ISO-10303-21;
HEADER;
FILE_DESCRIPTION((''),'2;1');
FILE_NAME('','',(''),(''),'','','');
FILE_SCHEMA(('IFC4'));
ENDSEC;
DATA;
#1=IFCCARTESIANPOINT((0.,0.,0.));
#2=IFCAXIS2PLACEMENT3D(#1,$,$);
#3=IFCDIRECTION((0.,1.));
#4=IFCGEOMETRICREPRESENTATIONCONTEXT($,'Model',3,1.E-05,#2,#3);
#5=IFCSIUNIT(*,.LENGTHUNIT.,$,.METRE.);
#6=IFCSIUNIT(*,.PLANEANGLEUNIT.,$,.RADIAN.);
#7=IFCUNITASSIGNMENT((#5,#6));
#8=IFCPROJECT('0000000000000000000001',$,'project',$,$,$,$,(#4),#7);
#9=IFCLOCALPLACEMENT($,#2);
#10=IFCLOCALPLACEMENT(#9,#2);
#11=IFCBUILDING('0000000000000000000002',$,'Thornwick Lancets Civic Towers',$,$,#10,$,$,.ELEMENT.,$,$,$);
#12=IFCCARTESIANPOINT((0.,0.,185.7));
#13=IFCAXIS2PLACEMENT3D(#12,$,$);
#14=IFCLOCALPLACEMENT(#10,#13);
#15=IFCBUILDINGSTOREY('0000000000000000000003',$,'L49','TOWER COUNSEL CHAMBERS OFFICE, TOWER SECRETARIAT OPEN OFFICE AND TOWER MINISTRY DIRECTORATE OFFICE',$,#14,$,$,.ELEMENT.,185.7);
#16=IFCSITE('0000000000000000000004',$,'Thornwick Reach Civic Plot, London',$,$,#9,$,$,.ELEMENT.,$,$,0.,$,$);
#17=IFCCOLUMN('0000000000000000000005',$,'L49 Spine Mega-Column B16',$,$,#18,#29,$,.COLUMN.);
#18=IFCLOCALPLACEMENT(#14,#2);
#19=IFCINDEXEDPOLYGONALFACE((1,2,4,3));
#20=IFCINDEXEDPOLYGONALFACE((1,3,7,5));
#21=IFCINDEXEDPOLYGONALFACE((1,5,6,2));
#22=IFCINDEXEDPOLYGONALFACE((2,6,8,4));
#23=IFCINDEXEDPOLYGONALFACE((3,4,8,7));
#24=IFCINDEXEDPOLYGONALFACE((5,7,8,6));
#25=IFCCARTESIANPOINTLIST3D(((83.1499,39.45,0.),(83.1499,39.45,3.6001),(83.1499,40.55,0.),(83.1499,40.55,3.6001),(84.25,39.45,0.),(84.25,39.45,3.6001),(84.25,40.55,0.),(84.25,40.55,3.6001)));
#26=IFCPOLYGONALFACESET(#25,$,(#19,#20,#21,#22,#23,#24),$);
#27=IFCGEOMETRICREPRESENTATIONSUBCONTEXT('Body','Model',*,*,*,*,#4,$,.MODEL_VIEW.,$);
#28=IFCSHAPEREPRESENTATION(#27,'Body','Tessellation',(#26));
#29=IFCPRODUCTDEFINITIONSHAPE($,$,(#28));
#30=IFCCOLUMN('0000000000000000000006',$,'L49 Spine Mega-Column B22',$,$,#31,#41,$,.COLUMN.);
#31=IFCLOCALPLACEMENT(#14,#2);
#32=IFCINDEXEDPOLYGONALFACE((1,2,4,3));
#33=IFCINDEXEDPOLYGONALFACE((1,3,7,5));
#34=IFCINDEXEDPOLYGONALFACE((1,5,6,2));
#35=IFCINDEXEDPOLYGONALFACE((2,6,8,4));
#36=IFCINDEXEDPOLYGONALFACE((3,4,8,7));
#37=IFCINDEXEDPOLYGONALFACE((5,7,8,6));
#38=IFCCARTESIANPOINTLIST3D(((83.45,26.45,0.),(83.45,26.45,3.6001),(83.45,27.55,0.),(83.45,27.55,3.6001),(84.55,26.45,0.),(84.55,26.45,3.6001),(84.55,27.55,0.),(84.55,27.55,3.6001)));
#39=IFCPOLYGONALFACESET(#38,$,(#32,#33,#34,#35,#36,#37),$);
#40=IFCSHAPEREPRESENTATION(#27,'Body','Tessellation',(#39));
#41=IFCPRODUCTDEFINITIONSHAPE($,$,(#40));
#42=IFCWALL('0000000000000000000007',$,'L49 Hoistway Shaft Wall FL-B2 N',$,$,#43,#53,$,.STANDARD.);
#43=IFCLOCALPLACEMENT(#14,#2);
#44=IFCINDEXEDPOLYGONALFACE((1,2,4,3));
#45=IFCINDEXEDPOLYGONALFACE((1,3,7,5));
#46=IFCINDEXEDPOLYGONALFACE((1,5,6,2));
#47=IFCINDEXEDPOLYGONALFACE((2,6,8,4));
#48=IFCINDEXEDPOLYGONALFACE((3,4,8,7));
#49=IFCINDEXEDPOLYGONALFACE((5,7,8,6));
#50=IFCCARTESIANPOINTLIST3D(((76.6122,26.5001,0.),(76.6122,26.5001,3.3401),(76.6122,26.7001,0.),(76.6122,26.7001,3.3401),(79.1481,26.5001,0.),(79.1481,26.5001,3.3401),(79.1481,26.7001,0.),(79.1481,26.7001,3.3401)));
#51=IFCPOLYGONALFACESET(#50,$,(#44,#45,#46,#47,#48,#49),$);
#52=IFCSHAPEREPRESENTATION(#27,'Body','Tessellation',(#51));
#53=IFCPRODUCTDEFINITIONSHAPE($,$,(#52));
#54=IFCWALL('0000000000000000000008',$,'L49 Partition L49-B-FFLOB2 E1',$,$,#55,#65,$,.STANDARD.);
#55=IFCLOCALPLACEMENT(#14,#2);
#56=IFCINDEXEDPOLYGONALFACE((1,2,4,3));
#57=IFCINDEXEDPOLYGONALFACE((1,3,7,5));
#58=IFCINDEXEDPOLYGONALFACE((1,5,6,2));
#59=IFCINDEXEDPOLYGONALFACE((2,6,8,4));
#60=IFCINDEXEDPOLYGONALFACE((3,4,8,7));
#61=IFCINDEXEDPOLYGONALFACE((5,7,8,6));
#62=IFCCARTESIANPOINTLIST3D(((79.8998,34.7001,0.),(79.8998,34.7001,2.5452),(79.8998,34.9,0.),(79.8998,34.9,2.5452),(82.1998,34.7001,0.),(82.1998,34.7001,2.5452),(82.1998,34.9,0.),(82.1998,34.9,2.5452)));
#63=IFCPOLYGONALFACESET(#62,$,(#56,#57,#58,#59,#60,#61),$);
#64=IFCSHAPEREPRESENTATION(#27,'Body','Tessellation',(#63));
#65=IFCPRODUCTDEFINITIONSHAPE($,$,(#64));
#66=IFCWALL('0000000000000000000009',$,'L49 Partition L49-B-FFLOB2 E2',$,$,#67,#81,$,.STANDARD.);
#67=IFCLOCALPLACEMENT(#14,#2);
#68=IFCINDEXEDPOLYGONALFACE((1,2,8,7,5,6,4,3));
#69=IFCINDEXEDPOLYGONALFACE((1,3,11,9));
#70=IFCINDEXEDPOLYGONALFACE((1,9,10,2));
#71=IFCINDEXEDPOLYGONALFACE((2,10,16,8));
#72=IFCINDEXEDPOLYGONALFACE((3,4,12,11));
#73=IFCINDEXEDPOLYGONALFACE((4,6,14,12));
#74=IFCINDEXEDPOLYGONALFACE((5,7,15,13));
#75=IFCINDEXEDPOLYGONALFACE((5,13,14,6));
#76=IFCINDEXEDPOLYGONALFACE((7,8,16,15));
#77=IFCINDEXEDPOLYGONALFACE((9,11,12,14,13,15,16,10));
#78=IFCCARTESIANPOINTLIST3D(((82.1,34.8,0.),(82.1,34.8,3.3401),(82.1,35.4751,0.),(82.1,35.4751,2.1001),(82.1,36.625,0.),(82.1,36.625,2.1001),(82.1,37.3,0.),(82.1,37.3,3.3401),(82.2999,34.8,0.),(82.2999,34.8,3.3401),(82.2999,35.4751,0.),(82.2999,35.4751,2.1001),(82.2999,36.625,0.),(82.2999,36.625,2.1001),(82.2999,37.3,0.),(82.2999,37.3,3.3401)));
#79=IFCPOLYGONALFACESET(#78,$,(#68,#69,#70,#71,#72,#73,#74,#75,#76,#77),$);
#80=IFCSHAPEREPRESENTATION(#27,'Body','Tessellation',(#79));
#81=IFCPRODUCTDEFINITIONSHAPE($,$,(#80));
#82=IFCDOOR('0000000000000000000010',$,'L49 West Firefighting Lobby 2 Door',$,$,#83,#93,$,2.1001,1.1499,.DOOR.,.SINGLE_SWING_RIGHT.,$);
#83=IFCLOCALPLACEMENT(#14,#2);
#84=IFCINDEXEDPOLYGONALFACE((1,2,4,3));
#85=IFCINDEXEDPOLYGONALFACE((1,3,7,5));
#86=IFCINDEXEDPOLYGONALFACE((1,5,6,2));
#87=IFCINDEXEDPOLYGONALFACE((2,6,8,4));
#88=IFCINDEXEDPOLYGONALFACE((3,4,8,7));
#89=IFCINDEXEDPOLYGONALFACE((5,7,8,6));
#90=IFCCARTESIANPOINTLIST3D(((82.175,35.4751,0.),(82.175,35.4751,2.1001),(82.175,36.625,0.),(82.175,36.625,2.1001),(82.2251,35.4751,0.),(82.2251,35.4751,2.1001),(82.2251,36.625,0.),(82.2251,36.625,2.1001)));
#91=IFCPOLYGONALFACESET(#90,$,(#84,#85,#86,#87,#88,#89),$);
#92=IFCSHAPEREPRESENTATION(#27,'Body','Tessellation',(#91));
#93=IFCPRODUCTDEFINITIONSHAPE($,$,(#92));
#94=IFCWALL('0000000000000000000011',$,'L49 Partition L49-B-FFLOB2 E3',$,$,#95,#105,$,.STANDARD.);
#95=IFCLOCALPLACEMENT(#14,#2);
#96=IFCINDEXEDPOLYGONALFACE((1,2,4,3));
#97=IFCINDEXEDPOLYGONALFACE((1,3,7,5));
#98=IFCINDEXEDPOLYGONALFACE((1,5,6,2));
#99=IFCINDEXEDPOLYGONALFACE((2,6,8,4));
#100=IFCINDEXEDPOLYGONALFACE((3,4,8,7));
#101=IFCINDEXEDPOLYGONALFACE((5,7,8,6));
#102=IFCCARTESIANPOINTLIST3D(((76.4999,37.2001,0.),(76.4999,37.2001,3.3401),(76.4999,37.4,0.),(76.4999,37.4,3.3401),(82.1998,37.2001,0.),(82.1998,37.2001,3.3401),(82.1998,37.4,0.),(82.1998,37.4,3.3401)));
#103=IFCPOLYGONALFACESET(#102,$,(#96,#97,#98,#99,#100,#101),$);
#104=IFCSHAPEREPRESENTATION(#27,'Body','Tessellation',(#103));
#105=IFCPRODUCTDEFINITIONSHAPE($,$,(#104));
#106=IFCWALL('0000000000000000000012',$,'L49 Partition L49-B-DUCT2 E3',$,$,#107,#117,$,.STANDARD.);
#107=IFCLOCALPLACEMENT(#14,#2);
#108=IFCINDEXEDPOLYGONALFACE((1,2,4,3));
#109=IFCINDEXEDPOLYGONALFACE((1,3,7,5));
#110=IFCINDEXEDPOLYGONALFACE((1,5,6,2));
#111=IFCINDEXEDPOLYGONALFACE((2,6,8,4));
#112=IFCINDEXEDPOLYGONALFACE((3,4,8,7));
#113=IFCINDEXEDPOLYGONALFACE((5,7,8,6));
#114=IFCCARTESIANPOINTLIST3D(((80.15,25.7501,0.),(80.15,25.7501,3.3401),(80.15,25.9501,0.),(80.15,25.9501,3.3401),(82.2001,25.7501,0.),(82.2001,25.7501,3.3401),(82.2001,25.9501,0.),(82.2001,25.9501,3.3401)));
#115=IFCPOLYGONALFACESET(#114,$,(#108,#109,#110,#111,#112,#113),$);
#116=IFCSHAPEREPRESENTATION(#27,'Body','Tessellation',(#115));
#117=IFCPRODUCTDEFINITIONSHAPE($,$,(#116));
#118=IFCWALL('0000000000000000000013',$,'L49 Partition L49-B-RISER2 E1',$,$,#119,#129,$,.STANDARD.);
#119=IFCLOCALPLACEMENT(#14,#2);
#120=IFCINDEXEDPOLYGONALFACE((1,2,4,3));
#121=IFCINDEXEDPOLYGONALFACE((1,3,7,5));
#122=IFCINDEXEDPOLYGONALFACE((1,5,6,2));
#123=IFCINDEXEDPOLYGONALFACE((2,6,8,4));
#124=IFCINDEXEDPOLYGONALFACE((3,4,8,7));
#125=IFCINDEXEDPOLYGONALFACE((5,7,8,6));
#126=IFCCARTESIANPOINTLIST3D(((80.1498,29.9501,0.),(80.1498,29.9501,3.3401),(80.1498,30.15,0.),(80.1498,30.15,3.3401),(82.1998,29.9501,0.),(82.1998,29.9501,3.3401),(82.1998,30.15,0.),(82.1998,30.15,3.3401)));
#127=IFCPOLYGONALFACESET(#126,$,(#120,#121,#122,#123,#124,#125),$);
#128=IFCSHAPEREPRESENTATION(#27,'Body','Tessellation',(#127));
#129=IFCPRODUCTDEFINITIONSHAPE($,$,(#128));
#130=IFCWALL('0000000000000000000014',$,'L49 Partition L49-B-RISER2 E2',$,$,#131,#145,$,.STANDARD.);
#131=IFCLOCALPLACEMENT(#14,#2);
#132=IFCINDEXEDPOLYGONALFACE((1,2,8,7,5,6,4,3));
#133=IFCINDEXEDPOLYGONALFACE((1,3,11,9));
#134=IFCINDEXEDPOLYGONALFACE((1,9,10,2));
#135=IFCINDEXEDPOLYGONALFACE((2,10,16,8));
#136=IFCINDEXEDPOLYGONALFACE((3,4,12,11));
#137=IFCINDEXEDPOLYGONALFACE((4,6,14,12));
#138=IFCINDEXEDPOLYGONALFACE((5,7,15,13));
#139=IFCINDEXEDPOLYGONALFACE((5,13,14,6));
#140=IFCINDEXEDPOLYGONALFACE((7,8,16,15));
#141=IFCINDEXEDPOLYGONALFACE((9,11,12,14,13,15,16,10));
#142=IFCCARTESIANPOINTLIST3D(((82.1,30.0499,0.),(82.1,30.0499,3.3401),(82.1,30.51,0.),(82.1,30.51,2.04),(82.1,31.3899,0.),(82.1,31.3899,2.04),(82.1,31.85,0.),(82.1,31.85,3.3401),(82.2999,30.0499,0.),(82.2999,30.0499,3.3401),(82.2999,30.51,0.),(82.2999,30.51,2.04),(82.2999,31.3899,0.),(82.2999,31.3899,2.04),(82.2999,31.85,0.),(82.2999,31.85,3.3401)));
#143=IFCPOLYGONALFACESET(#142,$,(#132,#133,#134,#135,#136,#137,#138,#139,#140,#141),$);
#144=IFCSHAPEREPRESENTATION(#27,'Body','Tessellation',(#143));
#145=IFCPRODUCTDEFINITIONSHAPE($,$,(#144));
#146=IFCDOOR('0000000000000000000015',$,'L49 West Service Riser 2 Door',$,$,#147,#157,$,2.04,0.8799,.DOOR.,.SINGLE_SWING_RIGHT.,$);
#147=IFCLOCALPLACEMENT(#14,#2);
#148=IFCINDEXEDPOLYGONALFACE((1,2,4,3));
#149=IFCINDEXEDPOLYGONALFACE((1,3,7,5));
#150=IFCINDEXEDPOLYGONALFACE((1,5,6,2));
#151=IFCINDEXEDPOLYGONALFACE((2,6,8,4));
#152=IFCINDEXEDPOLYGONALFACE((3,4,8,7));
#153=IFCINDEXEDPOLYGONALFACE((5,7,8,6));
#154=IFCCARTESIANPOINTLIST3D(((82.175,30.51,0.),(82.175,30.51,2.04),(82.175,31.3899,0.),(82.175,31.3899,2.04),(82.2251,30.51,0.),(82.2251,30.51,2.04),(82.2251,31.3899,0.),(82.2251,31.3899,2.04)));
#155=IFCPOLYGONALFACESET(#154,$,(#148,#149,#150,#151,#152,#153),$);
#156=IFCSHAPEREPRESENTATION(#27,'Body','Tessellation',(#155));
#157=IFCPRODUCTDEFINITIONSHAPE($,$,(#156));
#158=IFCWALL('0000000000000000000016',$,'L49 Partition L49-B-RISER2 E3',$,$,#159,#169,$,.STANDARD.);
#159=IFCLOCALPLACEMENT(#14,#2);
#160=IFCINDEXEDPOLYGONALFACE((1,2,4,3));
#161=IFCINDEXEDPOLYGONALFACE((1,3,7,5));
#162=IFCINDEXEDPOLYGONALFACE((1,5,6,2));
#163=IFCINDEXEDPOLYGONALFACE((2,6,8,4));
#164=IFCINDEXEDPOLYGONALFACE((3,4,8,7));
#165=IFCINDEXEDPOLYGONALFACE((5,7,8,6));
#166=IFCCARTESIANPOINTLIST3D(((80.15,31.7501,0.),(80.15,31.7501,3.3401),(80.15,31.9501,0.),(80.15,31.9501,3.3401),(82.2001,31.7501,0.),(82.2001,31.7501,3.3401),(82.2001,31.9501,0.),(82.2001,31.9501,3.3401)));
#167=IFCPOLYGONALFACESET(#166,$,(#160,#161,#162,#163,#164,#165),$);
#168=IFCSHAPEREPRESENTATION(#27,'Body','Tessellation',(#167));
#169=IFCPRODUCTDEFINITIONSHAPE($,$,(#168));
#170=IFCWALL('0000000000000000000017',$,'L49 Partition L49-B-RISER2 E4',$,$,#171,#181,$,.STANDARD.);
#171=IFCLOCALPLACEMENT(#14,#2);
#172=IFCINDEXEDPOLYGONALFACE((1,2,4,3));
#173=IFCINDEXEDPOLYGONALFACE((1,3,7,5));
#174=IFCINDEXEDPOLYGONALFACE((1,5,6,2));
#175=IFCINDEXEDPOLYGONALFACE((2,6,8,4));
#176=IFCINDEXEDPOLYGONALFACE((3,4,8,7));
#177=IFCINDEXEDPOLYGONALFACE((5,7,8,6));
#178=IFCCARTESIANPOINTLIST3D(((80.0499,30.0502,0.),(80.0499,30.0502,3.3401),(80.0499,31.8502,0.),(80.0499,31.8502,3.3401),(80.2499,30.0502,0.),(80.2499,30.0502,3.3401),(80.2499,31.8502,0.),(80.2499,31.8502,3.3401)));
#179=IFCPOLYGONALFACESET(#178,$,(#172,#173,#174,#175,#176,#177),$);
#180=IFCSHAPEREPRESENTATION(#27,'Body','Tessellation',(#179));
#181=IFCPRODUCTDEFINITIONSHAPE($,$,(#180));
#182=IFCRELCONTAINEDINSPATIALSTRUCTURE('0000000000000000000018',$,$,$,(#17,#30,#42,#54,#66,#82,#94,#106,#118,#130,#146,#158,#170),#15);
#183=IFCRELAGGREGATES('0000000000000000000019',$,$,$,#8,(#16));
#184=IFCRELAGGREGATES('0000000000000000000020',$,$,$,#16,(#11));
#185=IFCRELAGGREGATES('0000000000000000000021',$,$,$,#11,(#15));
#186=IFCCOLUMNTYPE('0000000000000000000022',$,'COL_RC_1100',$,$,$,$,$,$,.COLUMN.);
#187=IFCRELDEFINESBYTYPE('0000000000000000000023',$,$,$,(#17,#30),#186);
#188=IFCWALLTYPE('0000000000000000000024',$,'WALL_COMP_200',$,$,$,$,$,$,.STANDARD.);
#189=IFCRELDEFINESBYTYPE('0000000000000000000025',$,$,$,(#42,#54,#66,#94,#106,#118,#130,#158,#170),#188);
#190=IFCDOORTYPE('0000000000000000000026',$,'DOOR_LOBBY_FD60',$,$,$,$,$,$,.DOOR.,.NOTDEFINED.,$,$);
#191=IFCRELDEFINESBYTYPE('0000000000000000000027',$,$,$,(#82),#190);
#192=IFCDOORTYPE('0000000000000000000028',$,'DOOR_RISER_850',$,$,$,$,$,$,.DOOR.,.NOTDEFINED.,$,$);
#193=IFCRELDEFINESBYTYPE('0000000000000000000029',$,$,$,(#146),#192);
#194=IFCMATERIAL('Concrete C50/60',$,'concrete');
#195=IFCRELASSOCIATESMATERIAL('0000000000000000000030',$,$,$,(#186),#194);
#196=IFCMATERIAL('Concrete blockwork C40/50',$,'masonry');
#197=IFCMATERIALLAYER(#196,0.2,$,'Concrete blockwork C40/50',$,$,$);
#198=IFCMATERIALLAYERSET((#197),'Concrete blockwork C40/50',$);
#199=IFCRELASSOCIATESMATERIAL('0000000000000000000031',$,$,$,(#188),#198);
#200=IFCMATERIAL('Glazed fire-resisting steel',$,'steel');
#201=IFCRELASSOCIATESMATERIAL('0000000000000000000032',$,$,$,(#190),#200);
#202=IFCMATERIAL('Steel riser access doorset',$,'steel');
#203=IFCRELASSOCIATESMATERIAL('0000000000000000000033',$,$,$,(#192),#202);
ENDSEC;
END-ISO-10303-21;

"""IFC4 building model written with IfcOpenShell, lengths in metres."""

from ifc_helpers import new_model, si_unit, direction, frame, frame_2d, origin, origin_2d, place, context, subcontext, project, spatial, rectangle, extrude, material, layer, layer_set, material_profile, profile_set, type_object, element, fill, save


model = new_model("IFC4")

# Units and contexts
model_context = context("Model", 3, precision=1e-05, world=origin(), true_north=direction((0.0, 1.0)))
body_context = subcontext(model_context, "Body", "Model", "MODEL_VIEW")
ifc_project = project(units=[si_unit("LENGTHUNIT", "METRE"), si_unit("PLANEANGLEUNIT", "RADIAN")], contexts=[model_context])

# Site, building, storey
site_placement = place(None, origin())
site = spatial("IfcSite", under=ifc_project, at=site_placement, Name="Thornwick Reach Civic Plot, London", CompositionType="ELEMENT", RefElevation=0.0)
building_placement = place(site_placement, origin())
building = spatial("IfcBuilding", under=site, at=building_placement, Name="Thornwick Lancets Civic Towers", CompositionType="ELEMENT")
storey_placement = place(building_placement, frame((0.0, 0.0, 185.7)))
storey = spatial("IfcBuildingStorey", under=building, at=storey_placement, Name="L49", Description="TOWER COUNSEL CHAMBERS OFFICE, TOWER SECRETARIAT OPEN OFFICE AND TOWER MINISTRY DIRECTORATE OFFICE", CompositionType="ELEMENT", Elevation=185.7)

# Columns
ifc_material_1 = material(Name="Concrete C50/60", Category="concrete")
ifc_material_profile = material_profile(ifc_material_1, rectangle(XDim=1.1001, YDim=1.1001, at=origin_2d()), Name="RC 1100x1100")
ifc_profile_set = profile_set([ifc_material_profile], Name="Concrete C50/60")
column_type = type_object("IfcColumnType", Name="COL_RC_1100", PredefinedType="COLUMN", material=ifc_profile_set)
for number, where, z_axis, x_axis, name in (
    (1, (83.7, 40.0, 0.0), (0.0, 0.0, 1.0), (1.0, 0.0, 0.0), "L49 Spine Mega-Column B16"),
    (2, (84.0, 27.0, 0.0), (0.0, 0.0, 1.0), (1.0, 0.0, 0.0), "L49 Spine Mega-Column B22"),
):
    element("IfcColumn", number, at=place(storey_placement, frame(where, z_axis=z_axis, x_axis=x_axis)), inside=storey, type_object=column_type, Name=name, PredefinedType="COLUMN", context=body_context, shape_type="SweptSolid", body=[
        extrude(rectangle(XDim=1.1001, YDim=1.1001, at=origin_2d()), origin(), (0.0, 0.0, 1.0), 3.6001),
    ])

# Walls
ifc_material_2 = material(Name="Concrete blockwork C40/50", Category="masonry")
ifc_layer_1 = layer(ifc_material_2, 0.2, Name="Concrete blockwork C40/50")
ifc_layer_set_1 = layer_set([ifc_layer_1], Name="Concrete blockwork C40/50")
wall_type_1 = type_object("IfcWallType", Name="WALL_COMP_200", PredefinedType="STANDARD", material=ifc_layer_set_1)
wall_1_placement = place(storey_placement, frame((76.6121, 26.6001, 0.0), z_axis=(0.0, 0.0, 1.0), x_axis=(1.0, 0.0, 0.0)))
element("IfcWall", 3, at=wall_1_placement, inside=storey, type_object=wall_type_1, Name="L49 Hoistway Shaft Wall FL-B2 N", PredefinedType="STANDARD", context=body_context, shape_type="SweptSolid", body=[
    extrude(rectangle(XDim=2.5359, YDim=0.2, at=frame_2d((1.2681, 0.0))), origin(), (0.0, 0.0, 1.0), 3.3401),
])
wall_2_placement = place(storey_placement, frame((79.8999, 34.8, 0.0), z_axis=(0.0, 0.0, 1.0), x_axis=(1.0, 0.0, 0.0)))
element("IfcWall", 4, at=wall_2_placement, inside=storey, type_object=wall_type_1, Name="L49 Partition L49-B-FFLOB2 E1", PredefinedType="STANDARD", context=body_context, shape_type="SweptSolid", body=[
    extrude(rectangle(XDim=2.3, YDim=0.2, at=frame_2d((1.1499, 0.0))), origin(), (0.0, 0.0, 1.0), 2.5452),
])

# Wall, opening, door
wall_3_placement = place(storey_placement, frame((82.2, 34.8, 0.0), z_axis=(0.0, 0.0, 1.0), x_axis=(0.0, 1.0, 0.0)))
wall_3 = element("IfcWall", 5, at=wall_3_placement, inside=storey, type_object=wall_type_1, Name="L49 Partition L49-B-FFLOB2 E2", PredefinedType="STANDARD", context=body_context, shape_type="SweptSolid", body=[
    extrude(rectangle(XDim=2.5, YDim=0.2, at=frame_2d((1.25, 0.0))), origin(), (0.0, 0.0, 1.0), 3.3401),
])
opening_1_placement = place(wall_3_placement, frame((0.675, 0.0, 0.0)))
opening_1 = element("IfcOpeningElement", 6, at=opening_1_placement, cuts=wall_3, PredefinedType="OPENING", context=body_context, shape_type="SweptSolid", body=[
    extrude(rectangle(XDim=1.1499, YDim=2.1001, at=frame_2d((0.575, 1.05))), frame((0.0, 0.1099, 0.0), z_axis=(0.0, -1.0, 0.0), x_axis=(1.0, 0.0, 0.0)), (0.0, 0.0, 1.0), 0.22),
])
ifc_material_3 = material(Name="Glazed fire-resisting steel", Category="steel")
door_type_1 = type_object("IfcDoorType", Name="DOOR_LOBBY_FD60", OperationType="NOTDEFINED", PredefinedType="DOOR", material=ifc_material_3)
door_1_placement = place(opening_1_placement, origin())
door_1 = element("IfcDoor", 7, at=door_1_placement, inside=storey, type_object=door_type_1, Name="L49 West Firefighting Lobby 2 Door", OperationType="SINGLE_SWING_RIGHT", OverallHeight=2.1001, OverallWidth=1.1499, PredefinedType="DOOR", context=body_context, shape_type="SweptSolid", body=[
    extrude(rectangle(XDim=1.1499, YDim=2.1001, at=frame_2d((0.575, 1.05))), frame((0.0, 0.0249, 0.0), z_axis=(0.0, -1.0, 0.0), x_axis=(1.0, 0.0, 0.0)), (0.0, 0.0, 1.0), 0.05),
])
fill(opening_1, door_1)

# Walls
wall_4_placement = place(storey_placement, frame((82.2, 37.3, 0.0), z_axis=(0.0, 0.0, 1.0), x_axis=(-1.0, 0.0, 0.0)))
element("IfcWall", 8, at=wall_4_placement, inside=storey, type_object=wall_type_1, Name="L49 Partition L49-B-FFLOB2 E3", PredefinedType="STANDARD", context=body_context, shape_type="SweptSolid", body=[
    extrude(rectangle(XDim=5.7, YDim=0.2, at=frame_2d((2.8501, 0.0))), origin(), (0.0, 0.0, 1.0), 3.3401),
])
for number, where, z_axis, x_axis, name in (
    (9, (82.2, 25.8501, 0.0), (0.0, 0.0, 1.0), (-1.0, 0.0, 0.0), "L49 Partition L49-B-DUCT2 E3"),
    (10, (80.1499, 30.05, 0.0), (0.0, 0.0, 1.0), (1.0, 0.0, 0.0), "L49 Partition L49-B-RISER2 E1"),
):
    element("IfcWall", number, at=place(storey_placement, frame(where, z_axis=z_axis, x_axis=x_axis)), inside=storey, type_object=wall_type_1, Name=name, PredefinedType="STANDARD", context=body_context, shape_type="SweptSolid", body=[
        extrude(rectangle(XDim=2.05, YDim=0.2, at=frame_2d((1.0249, 0.0))), origin(), (0.0, 0.0, 1.0), 3.3401),
    ])

# Wall, opening, door
wall_5_placement = place(storey_placement, frame((82.2, 30.05, 0.0), z_axis=(0.0, 0.0, 1.0), x_axis=(0.0, 1.0, 0.0)))
wall_5 = element("IfcWall", 11, at=wall_5_placement, inside=storey, type_object=wall_type_1, Name="L49 Partition L49-B-RISER2 E2", PredefinedType="STANDARD", context=body_context, shape_type="SweptSolid", body=[
    extrude(rectangle(XDim=1.8, YDim=0.2, at=frame_2d((0.8999, 0.0))), origin(), (0.0, 0.0, 1.0), 3.3401),
])
opening_2_placement = place(wall_5_placement, frame((0.46, 0.0, 0.0)))
opening_2 = element("IfcOpeningElement", 12, at=opening_2_placement, cuts=wall_5, PredefinedType="OPENING", context=body_context, shape_type="SweptSolid", body=[
    extrude(rectangle(XDim=0.8799, YDim=2.04, at=frame_2d((0.4399, 1.02))), frame((0.0, 0.1099, 0.0), z_axis=(0.0, -1.0, 0.0), x_axis=(1.0, 0.0, 0.0)), (0.0, 0.0, 1.0), 0.22),
])
ifc_material_4 = material(Name="Steel riser access doorset", Category="steel")
door_type_2 = type_object("IfcDoorType", Name="DOOR_RISER_850", OperationType="NOTDEFINED", PredefinedType="DOOR", material=ifc_material_4)
door_2_placement = place(opening_2_placement, origin())
door_2 = element("IfcDoor", 13, at=door_2_placement, inside=storey, type_object=door_type_2, Name="L49 West Service Riser 2 Door", OperationType="SINGLE_SWING_RIGHT", OverallHeight=2.04, OverallWidth=0.8799, PredefinedType="DOOR", context=body_context, shape_type="SweptSolid", body=[
    extrude(rectangle(XDim=0.8799, YDim=2.04, at=frame_2d((0.4399, 1.02))), frame((0.0, 0.0249, 0.0), z_axis=(0.0, -1.0, 0.0), x_axis=(1.0, 0.0, 0.0)), (0.0, 0.0, 1.0), 0.05),
])
fill(opening_2, door_2)

# Walls
wall_6_placement = place(storey_placement, frame((82.2, 31.8501, 0.0), z_axis=(0.0, 0.0, 1.0), x_axis=(-1.0, 0.0, 0.0)))
element("IfcWall", 14, at=wall_6_placement, inside=storey, type_object=wall_type_1, Name="L49 Partition L49-B-RISER2 E3", PredefinedType="STANDARD", context=body_context, shape_type="SweptSolid", body=[
    extrude(rectangle(XDim=2.05, YDim=0.2, at=frame_2d((1.0249, 0.0))), origin(), (0.0, 0.0, 1.0), 3.3401),
])
wall_7_placement = place(storey_placement, frame((80.1499, 31.8501, 0.0), z_axis=(0.0, 0.0, 1.0), x_axis=(0.0, -1.0, 0.0)))
element("IfcWall", 15, at=wall_7_placement, inside=storey, type_object=wall_type_1, Name="L49 Partition L49-B-RISER2 E4", PredefinedType="STANDARD", context=body_context, shape_type="SweptSolid", body=[
    extrude(rectangle(XDim=1.8, YDim=0.2, at=frame_2d((0.8999, 0.0))), origin(), (0.0, 0.0, 1.0), 3.3401),
])

save(model, "model.ifc")
